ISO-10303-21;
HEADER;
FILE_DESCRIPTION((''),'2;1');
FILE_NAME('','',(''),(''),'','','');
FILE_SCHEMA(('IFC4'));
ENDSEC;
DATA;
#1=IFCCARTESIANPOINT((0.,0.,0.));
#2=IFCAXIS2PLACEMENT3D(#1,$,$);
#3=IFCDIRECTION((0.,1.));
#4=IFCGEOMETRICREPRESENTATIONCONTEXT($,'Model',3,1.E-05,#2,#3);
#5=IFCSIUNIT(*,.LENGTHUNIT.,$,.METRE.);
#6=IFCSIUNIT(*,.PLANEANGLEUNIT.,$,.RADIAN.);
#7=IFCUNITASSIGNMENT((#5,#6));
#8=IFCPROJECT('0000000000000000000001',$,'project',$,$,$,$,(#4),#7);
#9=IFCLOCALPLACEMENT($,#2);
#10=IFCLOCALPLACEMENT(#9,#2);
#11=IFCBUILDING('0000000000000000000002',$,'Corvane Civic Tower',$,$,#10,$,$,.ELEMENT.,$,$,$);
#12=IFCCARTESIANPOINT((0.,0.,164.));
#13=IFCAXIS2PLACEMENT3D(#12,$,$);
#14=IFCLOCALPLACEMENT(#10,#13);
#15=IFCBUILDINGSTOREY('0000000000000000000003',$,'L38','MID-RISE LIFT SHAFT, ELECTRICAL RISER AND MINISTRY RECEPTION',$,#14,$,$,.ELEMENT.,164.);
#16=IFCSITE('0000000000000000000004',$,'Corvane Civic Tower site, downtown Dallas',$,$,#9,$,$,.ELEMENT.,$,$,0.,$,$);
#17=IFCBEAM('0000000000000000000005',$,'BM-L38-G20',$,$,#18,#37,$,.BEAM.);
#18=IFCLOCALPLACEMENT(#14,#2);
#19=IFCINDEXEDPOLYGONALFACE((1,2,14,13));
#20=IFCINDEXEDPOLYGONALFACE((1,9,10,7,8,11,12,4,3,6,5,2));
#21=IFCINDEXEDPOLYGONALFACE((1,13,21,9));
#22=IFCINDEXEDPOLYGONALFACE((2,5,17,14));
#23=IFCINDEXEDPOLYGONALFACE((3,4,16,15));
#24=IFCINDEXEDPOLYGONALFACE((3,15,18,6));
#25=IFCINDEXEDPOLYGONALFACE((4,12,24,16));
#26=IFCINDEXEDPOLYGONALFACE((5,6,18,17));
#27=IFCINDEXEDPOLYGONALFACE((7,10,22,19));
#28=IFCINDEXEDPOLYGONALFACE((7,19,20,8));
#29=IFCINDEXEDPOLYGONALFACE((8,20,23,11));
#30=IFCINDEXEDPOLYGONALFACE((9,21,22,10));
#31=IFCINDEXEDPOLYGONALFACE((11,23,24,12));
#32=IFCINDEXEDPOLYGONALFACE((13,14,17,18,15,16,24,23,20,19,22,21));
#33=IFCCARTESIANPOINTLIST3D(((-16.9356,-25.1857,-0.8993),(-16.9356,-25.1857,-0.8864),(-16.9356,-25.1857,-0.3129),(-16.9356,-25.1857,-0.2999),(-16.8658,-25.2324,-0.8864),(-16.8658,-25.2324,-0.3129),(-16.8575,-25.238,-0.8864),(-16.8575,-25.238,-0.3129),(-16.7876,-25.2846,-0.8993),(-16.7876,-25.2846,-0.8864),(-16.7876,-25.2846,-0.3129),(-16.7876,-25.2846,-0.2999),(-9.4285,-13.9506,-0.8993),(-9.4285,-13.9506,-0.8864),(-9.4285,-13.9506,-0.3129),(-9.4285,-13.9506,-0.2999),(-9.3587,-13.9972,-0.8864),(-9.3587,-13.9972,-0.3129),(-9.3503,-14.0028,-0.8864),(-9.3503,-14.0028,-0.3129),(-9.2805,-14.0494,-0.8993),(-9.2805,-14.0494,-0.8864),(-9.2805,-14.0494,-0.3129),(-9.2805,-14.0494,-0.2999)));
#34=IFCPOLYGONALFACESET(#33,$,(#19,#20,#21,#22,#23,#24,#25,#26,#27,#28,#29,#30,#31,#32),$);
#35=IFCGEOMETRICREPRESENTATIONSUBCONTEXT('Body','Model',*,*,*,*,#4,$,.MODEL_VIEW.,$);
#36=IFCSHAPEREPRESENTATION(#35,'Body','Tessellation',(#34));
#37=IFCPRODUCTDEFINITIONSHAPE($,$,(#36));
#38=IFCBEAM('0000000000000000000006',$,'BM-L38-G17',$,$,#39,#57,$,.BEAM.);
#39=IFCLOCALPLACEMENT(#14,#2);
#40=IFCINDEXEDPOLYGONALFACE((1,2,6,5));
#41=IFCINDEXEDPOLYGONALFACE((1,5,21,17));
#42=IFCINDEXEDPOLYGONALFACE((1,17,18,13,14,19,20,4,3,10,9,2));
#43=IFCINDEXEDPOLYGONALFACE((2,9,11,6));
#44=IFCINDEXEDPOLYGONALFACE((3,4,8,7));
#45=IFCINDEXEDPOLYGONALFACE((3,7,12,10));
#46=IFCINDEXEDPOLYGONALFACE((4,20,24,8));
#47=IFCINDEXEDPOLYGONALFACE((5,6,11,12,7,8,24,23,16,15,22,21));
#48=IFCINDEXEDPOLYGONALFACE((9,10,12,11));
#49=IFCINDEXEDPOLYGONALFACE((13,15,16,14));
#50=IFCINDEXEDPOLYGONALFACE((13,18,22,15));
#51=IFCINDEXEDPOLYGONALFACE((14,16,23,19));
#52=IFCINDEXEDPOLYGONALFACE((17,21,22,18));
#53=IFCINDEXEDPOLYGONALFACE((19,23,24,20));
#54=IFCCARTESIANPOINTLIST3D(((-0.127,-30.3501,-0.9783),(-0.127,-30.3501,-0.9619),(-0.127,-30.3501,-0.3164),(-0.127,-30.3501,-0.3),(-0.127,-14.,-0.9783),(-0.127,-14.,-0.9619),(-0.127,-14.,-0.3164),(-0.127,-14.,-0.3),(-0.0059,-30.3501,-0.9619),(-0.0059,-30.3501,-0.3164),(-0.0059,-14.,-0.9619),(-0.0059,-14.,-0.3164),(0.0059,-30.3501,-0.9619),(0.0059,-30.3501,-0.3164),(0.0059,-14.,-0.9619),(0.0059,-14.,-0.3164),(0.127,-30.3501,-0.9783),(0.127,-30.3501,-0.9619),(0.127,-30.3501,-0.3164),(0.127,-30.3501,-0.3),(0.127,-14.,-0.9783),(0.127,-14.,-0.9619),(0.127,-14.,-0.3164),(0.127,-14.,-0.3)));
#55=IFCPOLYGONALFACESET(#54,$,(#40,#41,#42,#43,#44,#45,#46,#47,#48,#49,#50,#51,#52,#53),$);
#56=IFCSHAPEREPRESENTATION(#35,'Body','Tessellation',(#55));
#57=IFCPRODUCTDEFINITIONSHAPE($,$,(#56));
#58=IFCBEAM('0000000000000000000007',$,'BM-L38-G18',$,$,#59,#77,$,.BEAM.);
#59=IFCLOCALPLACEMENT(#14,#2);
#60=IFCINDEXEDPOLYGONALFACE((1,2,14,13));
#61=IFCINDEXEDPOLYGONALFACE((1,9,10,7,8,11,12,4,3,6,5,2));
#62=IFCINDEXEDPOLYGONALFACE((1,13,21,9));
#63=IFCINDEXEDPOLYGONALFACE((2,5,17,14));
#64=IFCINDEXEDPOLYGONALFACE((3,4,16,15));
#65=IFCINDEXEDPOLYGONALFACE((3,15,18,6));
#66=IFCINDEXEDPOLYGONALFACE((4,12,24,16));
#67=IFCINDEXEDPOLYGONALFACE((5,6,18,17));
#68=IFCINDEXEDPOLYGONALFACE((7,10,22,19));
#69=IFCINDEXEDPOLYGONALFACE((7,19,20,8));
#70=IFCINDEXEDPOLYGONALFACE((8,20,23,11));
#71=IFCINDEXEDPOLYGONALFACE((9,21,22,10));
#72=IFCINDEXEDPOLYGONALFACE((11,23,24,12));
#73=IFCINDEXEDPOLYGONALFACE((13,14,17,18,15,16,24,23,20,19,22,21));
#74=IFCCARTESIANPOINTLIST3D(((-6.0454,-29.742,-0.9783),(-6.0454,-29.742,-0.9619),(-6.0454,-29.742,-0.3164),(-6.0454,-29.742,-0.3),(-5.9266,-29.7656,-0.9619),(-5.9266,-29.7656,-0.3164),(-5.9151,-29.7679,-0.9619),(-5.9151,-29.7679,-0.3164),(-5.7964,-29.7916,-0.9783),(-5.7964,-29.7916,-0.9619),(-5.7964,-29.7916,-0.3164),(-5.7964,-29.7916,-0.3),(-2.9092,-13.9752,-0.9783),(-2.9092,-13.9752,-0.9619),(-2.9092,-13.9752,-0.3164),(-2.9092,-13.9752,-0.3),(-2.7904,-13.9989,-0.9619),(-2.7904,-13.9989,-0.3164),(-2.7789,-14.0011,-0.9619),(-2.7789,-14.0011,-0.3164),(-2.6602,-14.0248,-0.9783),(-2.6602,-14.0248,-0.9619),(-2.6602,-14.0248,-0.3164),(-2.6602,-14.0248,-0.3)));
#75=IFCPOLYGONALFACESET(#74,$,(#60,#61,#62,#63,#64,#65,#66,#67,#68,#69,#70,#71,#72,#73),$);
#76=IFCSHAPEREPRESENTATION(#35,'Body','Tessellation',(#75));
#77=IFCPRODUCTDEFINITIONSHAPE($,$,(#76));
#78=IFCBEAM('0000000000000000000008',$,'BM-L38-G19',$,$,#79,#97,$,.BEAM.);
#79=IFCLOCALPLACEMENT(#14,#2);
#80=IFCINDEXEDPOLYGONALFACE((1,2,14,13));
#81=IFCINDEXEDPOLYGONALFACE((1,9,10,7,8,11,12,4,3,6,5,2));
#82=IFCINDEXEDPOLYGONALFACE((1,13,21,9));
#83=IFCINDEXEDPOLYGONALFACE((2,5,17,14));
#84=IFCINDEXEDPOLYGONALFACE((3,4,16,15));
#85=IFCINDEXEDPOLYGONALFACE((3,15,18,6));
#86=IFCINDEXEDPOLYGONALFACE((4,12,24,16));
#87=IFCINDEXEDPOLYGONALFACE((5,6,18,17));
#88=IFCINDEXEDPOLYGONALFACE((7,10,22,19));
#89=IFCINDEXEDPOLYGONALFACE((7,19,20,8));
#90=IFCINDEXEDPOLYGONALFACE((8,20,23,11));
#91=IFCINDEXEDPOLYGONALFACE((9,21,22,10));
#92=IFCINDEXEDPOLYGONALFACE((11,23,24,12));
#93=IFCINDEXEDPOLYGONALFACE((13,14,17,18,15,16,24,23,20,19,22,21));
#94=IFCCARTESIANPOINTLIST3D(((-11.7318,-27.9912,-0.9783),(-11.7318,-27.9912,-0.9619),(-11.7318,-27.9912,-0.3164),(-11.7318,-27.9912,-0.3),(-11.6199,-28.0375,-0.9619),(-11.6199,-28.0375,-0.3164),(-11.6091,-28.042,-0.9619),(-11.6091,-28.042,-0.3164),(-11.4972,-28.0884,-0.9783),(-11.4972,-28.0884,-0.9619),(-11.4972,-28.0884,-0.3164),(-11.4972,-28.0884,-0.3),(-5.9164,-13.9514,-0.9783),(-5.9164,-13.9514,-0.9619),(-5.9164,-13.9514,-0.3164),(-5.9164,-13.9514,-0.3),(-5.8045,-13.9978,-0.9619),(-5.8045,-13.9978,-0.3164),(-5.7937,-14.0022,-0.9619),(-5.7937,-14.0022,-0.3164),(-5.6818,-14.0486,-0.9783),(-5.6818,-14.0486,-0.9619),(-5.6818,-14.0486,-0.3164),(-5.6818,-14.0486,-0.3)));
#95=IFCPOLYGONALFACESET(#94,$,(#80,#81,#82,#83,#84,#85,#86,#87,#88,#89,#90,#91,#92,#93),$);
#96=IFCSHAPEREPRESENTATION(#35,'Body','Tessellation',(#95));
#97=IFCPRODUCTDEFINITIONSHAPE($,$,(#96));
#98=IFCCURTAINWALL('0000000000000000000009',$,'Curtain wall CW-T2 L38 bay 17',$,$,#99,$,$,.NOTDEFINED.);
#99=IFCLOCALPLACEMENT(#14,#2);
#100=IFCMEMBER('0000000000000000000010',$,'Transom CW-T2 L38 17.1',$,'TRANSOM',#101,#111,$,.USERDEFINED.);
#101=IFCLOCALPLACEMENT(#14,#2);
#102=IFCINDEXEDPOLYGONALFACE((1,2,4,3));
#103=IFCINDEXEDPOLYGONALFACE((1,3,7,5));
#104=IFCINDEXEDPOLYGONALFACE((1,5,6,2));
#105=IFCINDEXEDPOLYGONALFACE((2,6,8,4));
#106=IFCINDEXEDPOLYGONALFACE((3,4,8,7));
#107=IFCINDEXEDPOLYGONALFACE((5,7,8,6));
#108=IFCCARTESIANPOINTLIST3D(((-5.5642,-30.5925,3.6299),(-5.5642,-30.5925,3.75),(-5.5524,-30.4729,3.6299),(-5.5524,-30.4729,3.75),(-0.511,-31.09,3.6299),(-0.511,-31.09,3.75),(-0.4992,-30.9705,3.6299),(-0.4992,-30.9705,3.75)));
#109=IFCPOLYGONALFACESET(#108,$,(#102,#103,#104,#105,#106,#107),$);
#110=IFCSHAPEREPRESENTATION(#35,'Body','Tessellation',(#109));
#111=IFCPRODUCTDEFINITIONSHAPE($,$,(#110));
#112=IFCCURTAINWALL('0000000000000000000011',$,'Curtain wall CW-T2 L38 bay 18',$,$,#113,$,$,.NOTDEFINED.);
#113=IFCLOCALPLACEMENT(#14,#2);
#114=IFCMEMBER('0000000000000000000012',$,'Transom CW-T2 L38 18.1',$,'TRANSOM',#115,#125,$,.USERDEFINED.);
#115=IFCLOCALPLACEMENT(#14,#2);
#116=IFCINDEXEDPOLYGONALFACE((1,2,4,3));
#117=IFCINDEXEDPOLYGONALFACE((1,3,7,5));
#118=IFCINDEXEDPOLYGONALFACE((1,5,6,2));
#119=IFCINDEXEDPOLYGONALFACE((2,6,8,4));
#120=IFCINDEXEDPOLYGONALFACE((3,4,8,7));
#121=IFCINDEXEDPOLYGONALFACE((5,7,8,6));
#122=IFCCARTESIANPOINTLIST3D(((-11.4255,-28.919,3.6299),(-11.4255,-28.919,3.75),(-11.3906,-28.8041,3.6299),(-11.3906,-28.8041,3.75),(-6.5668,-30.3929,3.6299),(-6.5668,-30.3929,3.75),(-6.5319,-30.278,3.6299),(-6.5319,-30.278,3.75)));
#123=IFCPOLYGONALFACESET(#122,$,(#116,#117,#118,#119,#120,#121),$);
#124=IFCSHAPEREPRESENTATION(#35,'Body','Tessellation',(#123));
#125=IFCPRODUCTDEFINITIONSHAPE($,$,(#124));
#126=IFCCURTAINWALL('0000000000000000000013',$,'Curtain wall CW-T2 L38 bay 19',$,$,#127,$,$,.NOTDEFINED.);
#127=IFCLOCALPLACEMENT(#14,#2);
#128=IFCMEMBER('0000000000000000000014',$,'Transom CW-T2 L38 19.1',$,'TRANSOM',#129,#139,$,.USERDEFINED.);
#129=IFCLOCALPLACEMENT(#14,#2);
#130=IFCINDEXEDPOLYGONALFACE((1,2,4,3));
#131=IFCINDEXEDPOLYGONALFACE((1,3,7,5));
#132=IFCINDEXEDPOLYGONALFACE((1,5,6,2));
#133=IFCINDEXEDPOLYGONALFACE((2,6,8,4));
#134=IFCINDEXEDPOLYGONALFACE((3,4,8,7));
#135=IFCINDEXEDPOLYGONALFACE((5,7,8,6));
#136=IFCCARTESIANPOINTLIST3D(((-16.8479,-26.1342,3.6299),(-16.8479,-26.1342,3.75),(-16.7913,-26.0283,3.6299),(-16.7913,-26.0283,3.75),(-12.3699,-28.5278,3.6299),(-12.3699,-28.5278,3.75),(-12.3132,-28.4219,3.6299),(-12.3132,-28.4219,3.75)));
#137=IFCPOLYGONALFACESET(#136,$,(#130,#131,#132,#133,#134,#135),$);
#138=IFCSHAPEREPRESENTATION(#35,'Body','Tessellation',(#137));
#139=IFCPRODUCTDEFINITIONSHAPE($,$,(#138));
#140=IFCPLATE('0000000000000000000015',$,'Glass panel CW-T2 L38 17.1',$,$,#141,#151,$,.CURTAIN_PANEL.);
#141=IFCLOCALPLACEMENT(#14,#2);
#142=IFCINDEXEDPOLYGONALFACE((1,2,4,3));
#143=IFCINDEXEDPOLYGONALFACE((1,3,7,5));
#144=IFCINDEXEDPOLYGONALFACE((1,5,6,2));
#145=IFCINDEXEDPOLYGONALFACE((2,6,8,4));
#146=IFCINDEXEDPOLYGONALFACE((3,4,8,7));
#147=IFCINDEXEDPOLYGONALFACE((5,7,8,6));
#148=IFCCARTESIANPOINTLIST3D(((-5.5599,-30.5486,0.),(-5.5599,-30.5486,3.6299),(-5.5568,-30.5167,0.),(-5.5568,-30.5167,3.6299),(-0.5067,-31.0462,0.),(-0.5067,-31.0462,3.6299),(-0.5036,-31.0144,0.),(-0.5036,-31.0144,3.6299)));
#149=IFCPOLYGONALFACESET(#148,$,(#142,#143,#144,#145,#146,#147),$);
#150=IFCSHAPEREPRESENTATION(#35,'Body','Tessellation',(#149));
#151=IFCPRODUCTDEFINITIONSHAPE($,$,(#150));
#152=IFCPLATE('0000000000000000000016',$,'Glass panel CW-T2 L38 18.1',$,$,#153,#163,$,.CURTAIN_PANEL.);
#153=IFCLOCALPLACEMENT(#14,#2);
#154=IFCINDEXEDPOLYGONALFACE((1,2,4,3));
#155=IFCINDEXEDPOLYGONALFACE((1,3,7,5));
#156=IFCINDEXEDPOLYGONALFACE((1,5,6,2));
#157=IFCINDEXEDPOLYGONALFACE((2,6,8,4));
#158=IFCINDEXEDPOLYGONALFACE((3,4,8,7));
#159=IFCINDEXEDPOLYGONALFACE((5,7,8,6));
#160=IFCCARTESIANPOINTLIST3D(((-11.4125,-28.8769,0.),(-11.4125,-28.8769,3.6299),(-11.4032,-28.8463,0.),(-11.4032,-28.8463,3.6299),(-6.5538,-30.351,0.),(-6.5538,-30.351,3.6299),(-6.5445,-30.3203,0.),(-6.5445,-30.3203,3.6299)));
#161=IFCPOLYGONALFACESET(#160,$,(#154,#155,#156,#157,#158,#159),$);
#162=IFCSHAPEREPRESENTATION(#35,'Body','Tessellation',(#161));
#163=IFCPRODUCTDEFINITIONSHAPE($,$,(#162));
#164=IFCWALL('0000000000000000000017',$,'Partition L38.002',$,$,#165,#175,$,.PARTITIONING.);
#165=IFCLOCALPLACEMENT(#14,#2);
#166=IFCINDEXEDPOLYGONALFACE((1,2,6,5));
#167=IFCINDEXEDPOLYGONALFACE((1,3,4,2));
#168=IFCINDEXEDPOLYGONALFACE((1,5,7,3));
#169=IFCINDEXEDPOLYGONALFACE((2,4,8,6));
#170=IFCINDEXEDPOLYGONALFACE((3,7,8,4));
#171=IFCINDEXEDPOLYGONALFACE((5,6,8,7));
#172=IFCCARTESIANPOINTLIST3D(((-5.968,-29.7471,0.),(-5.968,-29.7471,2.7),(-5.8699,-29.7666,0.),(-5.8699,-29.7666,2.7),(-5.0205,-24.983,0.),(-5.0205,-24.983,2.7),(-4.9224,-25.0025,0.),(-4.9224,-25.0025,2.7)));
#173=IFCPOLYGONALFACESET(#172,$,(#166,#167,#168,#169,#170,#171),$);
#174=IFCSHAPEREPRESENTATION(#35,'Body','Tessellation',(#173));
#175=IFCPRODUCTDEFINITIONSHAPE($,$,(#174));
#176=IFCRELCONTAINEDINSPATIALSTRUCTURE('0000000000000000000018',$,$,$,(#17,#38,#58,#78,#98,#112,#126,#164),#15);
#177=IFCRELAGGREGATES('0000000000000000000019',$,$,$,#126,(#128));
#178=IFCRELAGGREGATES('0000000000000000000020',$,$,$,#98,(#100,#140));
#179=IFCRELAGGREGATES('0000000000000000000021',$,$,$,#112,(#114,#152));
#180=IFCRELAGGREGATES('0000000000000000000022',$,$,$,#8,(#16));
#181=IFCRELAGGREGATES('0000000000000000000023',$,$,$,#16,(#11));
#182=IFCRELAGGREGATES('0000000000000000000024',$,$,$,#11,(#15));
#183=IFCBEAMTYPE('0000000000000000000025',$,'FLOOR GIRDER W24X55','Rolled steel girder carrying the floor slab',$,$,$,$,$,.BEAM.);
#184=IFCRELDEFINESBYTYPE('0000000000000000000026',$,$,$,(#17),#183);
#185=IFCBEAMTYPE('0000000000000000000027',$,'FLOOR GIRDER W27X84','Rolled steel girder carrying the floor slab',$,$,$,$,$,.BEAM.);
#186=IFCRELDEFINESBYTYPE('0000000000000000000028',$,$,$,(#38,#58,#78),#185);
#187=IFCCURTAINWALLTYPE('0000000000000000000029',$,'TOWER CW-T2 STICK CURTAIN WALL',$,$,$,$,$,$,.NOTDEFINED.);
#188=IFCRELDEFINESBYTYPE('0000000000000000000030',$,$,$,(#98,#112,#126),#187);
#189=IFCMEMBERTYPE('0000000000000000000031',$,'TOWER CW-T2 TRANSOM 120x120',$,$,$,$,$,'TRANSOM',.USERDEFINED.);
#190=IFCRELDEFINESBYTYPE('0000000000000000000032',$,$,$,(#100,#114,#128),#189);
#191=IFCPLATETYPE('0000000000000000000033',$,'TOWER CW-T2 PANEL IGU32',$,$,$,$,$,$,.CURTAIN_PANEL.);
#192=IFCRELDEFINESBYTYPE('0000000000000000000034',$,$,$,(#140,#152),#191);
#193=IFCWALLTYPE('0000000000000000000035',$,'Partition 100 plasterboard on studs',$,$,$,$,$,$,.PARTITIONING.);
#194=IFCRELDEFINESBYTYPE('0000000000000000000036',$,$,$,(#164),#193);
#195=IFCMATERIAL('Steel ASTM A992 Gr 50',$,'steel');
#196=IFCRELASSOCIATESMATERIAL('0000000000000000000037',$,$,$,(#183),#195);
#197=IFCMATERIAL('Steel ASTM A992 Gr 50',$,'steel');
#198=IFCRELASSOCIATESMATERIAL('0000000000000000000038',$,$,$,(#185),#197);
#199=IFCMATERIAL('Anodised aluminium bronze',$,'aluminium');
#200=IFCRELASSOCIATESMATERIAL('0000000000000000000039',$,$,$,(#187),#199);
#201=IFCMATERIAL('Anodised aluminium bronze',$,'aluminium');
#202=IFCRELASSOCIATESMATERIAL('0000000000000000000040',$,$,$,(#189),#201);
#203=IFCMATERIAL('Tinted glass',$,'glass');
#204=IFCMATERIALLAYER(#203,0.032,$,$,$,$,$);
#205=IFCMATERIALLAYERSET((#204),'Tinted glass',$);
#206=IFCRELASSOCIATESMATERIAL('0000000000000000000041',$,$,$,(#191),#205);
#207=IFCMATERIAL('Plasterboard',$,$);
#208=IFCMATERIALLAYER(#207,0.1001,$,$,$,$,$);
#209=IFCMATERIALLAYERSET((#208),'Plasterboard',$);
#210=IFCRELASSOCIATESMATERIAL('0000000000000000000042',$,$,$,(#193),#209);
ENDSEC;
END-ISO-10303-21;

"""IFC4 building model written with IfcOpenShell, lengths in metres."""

from ifc_helpers import new_model, si_unit, direction, frame, frame_2d, origin, origin_2d, place, context, subcontext, project, spatial, rectangle, i_section, extrude, material, layer, layer_set, material_profile, profile_set, type_object, element, aggregate, save


model = new_model("IFC4")

# Units and contexts
model_context = context("Model", 3, precision=1e-05, world=origin(), true_north=direction((0.0, 1.0)))
body_context = subcontext(model_context, "Body", "Model", "MODEL_VIEW")
ifc_project = project(units=[si_unit("LENGTHUNIT", "METRE"), si_unit("PLANEANGLEUNIT", "RADIAN")], contexts=[model_context])

# Site, building, storey
site_placement = place(None, origin())
site = spatial("IfcSite", under=ifc_project, at=site_placement, Name="Corvane Civic Tower site, downtown Dallas", CompositionType="ELEMENT", RefElevation=0.0)
building_placement = place(site_placement, origin())
building = spatial("IfcBuilding", under=site, at=building_placement, Name="Corvane Civic Tower", CompositionType="ELEMENT")
storey_placement = place(building_placement, frame((0.0, 0.0, 164.0)))
storey = spatial("IfcBuildingStorey", under=building, at=storey_placement, Name="L38", Description="MID-RISE LIFT SHAFT, ELECTRICAL RISER AND MINISTRY RECEPTION", CompositionType="ELEMENT", Elevation=164.0)

# Beams
ifc_material_1 = material(Name="Steel ASTM A992 Gr 50", Category="steel")
ifc_material_profile_1 = material_profile(ifc_material_1, i_section(OverallWidth=0.178, OverallDepth=0.5994, WebThickness=0.01, FlangeThickness=0.0129, at=origin_2d()), Name="W24X55")
ifc_profile_set_1 = profile_set([ifc_material_profile_1], Name="Steel ASTM A992 Gr 50")
beam_type_1 = type_object("IfcBeamType", Name="FLOOR GIRDER W24X55", Description="Rolled steel girder carrying the floor slab", PredefinedType="BEAM", material=ifc_profile_set_1)
beam_1_placement = place(storey_placement, frame((-9.3545, -14.0, -0.5996), z_axis=(-0.555571, -0.831469, 0.0), x_axis=(0.831469, -0.555571, 0.0)))
element("IfcBeam", 1, at=beam_1_placement, inside=storey, type_object=beam_type_1, Name="BM-L38-G20", PredefinedType="BEAM", context=body_context, shape_type="SweptSolid", body=[
    extrude(i_section(OverallWidth=0.178, OverallDepth=0.5994, WebThickness=0.01, FlangeThickness=0.0129, at=origin_2d()), origin(), (0.0, 0.0, 1.0), 13.5125),
])
ifc_material_2 = material(Name="Steel ASTM A992 Gr 50", Category="steel")
ifc_material_profile_2 = material_profile(ifc_material_2, i_section(OverallWidth=0.2539, OverallDepth=0.6782, WebThickness=0.0117, FlangeThickness=0.0164, at=origin_2d()), Name="W27X84")
ifc_profile_set_2 = profile_set([ifc_material_profile_2], Name="Steel ASTM A992 Gr 50")
beam_type_2 = type_object("IfcBeamType", Name="FLOOR GIRDER W27X84", Description="Rolled steel girder carrying the floor slab", PredefinedType="BEAM", material=ifc_profile_set_2)
beam_2_placement = place(storey_placement, frame((0.0, -14.0, -0.6392), z_axis=(0.0, -1.0, 0.0), x_axis=(1.0, 0.0, 0.0)))
element("IfcBeam", 2, at=beam_2_placement, inside=storey, type_object=beam_type_2, Name="BM-L38-G17", PredefinedType="BEAM", context=body_context, shape_type="SweptSolid", body=[
    extrude(i_section(OverallWidth=0.2539, OverallDepth=0.6782, WebThickness=0.0117, FlangeThickness=0.0164, at=origin_2d()), origin(), (0.0, 0.0, 1.0), 16.3501),
])
beam_3_placement = place(storey_placement, frame((-2.7847, -14.0, -0.6392), z_axis=(-0.195091, -0.980785, 0.0), x_axis=(0.980785, -0.195091, 0.0)))
element("IfcBeam", 3, at=beam_3_placement, inside=storey, type_object=beam_type_2, Name="BM-L38-G18", PredefinedType="BEAM", context=body_context, shape_type="SweptSolid", body=[
    extrude(i_section(OverallWidth=0.2539, OverallDepth=0.6782, WebThickness=0.0117, FlangeThickness=0.0164, at=origin_2d()), origin(), (0.0, 0.0, 1.0), 16.0757),
])
beam_4_placement = place(storey_placement, frame((-5.7991, -14.0, -0.6392), z_axis=(-0.382681, -0.923881, 0.0), x_axis=(0.923881, -0.382681, 0.0)))
element("IfcBeam", 4, at=beam_4_placement, inside=storey, type_object=beam_type_2, Name="BM-L38-G19", PredefinedType="BEAM", context=body_context, shape_type="SweptSolid", body=[
    extrude(i_section(OverallWidth=0.2539, OverallDepth=0.6782, WebThickness=0.0117, FlangeThickness=0.0164, at=origin_2d()), origin(), (0.0, 0.0, 1.0), 15.1965),
])

# Curtain walls, members
ifc_material_3 = material(Name="Anodised aluminium bronze", Category="aluminium")
curtain_wall_type = type_object("IfcCurtainWallType", Name="TOWER CW-T2 STICK CURTAIN WALL", PredefinedType="NOTDEFINED", material=ifc_material_3)
curtain_wall_1_placement = place(storey_placement, origin())
curtain_wall_1 = element("IfcCurtainWall", 5, at=curtain_wall_1_placement, inside=storey, type_object=curtain_wall_type, Name="Curtain wall CW-T2 L38 bay 17", PredefinedType="NOTDEFINED")
ifc_material_4 = material(Name="Anodised aluminium bronze", Category="aluminium")
ifc_material_profile_3 = material_profile(ifc_material_4, rectangle(XDim=0.1201, YDim=0.1201, at=origin_2d()), Name="TOWER CW-T2 TRANSOM 120x120")
ifc_profile_set_3 = profile_set([ifc_material_profile_3], Name="Anodised aluminium bronze")
member_type = type_object("IfcMemberType", Name="TOWER CW-T2 TRANSOM 120x120", ElementType="TRANSOM", PredefinedType="USERDEFINED", material=ifc_profile_set_3)
member_1_placement = place(storey_placement, frame((-0.5051, -31.0303, 3.6899), z_axis=(-0.995187, 0.09799, 0.0), x_axis=(-0.09799, -0.995187, 0.0)))
member_1 = element("IfcMember", 6, at=member_1_placement, type_object=member_type, Name="Transom CW-T2 L38 17.1", ObjectType="TRANSOM", PredefinedType="USERDEFINED", context=body_context, shape_type="SweptSolid", body=[
    extrude(rectangle(XDim=0.1201, YDim=0.1201, at=origin_2d()), origin(), (0.0, 0.0, 1.0), 5.0776),
])
curtain_wall_2_placement = place(storey_placement, origin())
curtain_wall_2 = element("IfcCurtainWall", 7, at=curtain_wall_2_placement, inside=storey, type_object=curtain_wall_type, Name="Curtain wall CW-T2 L38 bay 18", PredefinedType="NOTDEFINED")
member_2_placement = place(storey_placement, frame((-6.5493, -30.3354, 3.6899), z_axis=(-0.956939, 0.290289, 0.0), x_axis=(-0.290289, -0.956939, 0.0)))
member_2 = element("IfcMember", 8, at=member_2_placement, type_object=member_type, Name="Transom CW-T2 L38 18.1", ObjectType="TRANSOM", PredefinedType="USERDEFINED", context=body_context, shape_type="SweptSolid", body=[
    extrude(rectangle(XDim=0.1201, YDim=0.1201, at=origin_2d()), origin(), (0.0, 0.0, 1.0), 5.0774),
])
curtain_wall_3_placement = place(storey_placement, origin())
curtain_wall_3 = element("IfcCurtainWall", 9, at=curtain_wall_3_placement, inside=storey, type_object=curtain_wall_type, Name="Curtain wall CW-T2 L38 bay 19", PredefinedType="NOTDEFINED")
member_3_placement = place(storey_placement, frame((-12.3416, -28.4749, 3.6899), z_axis=(-0.881921, 0.471397, 0.0), x_axis=(-0.471397, -0.881921, 0.0)))
member_3 = element("IfcMember", 10, at=member_3_placement, type_object=member_type, Name="Transom CW-T2 L38 19.1", ObjectType="TRANSOM", PredefinedType="USERDEFINED", context=body_context, shape_type="SweptSolid", body=[
    extrude(rectangle(XDim=0.1201, YDim=0.1201, at=origin_2d()), origin(), (0.0, 0.0, 1.0), 5.0776),
])
aggregate(curtain_wall_3, [member_3])

# Plates
ifc_material_5 = material(Name="Tinted glass", Category="glass")
ifc_layer_1 = layer(ifc_material_5, 0.032)
ifc_layer_set_1 = layer_set([ifc_layer_1], Name="Tinted glass")
plate_type = type_object("IfcPlateType", Name="TOWER CW-T2 PANEL IGU32", PredefinedType="CURTAIN_PANEL", material=ifc_layer_set_1)
plate_1_placement = place(storey_placement, frame((-3.0317, -30.7815, 0.0), z_axis=(0.0, 0.0, 1.0), x_axis=(-0.995185, 0.098012, 0.0)))
plate_1 = element("IfcPlate", 11, at=plate_1_placement, type_object=plate_type, Name="Glass panel CW-T2 L38 17.1", PredefinedType="CURTAIN_PANEL", context=body_context, shape_type="SweptSolid", body=[
    extrude(rectangle(XDim=5.0776, YDim=0.032, at=origin_2d()), origin(), (0.0, 0.0, 1.0), 3.6299),
])
aggregate(curtain_wall_1, [member_1, plate_1])
plate_2_placement = place(storey_placement, frame((-8.9785, -29.5986, 0.0), z_axis=(0.0, 0.0, 1.0), x_axis=(-0.956932, 0.290313, 0.0)))
plate_2 = element("IfcPlate", 12, at=plate_2_placement, type_object=plate_type, Name="Glass panel CW-T2 L38 18.1", PredefinedType="CURTAIN_PANEL", context=body_context, shape_type="SweptSolid", body=[
    extrude(rectangle(XDim=5.0774, YDim=0.032, at=origin_2d()), origin(), (0.0, 0.0, 1.0), 3.6299),
])
aggregate(curtain_wall_2, [member_2, plate_2])

# Wall
ifc_material_6 = material(Name="Plasterboard")
ifc_layer_2 = layer(ifc_material_6, 0.1001)
ifc_layer_set_2 = layer_set([ifc_layer_2], Name="Plasterboard")
wall_type = type_object("IfcWallType", Name="Partition 100 plasterboard on studs", PredefinedType="PARTITIONING", material=ifc_layer_set_2)
wall_1_placement = place(storey_placement, frame((-5.9189, -29.7568, 0.0), z_axis=(0.0, 0.0, 1.0), x_axis=(0.195062, 0.980791, 0.0)))
element("IfcWall", 13, at=wall_1_placement, inside=storey, type_object=wall_type, Name="Partition L38.002", PredefinedType="PARTITIONING", context=body_context, shape_type="SweptSolid", body=[
    extrude(rectangle(XDim=4.8574, YDim=0.1001, at=frame_2d((2.4287, 0.0))), origin(), (0.0, 0.0, 1.0), 2.7),
])

save(model, "model.ifc")
